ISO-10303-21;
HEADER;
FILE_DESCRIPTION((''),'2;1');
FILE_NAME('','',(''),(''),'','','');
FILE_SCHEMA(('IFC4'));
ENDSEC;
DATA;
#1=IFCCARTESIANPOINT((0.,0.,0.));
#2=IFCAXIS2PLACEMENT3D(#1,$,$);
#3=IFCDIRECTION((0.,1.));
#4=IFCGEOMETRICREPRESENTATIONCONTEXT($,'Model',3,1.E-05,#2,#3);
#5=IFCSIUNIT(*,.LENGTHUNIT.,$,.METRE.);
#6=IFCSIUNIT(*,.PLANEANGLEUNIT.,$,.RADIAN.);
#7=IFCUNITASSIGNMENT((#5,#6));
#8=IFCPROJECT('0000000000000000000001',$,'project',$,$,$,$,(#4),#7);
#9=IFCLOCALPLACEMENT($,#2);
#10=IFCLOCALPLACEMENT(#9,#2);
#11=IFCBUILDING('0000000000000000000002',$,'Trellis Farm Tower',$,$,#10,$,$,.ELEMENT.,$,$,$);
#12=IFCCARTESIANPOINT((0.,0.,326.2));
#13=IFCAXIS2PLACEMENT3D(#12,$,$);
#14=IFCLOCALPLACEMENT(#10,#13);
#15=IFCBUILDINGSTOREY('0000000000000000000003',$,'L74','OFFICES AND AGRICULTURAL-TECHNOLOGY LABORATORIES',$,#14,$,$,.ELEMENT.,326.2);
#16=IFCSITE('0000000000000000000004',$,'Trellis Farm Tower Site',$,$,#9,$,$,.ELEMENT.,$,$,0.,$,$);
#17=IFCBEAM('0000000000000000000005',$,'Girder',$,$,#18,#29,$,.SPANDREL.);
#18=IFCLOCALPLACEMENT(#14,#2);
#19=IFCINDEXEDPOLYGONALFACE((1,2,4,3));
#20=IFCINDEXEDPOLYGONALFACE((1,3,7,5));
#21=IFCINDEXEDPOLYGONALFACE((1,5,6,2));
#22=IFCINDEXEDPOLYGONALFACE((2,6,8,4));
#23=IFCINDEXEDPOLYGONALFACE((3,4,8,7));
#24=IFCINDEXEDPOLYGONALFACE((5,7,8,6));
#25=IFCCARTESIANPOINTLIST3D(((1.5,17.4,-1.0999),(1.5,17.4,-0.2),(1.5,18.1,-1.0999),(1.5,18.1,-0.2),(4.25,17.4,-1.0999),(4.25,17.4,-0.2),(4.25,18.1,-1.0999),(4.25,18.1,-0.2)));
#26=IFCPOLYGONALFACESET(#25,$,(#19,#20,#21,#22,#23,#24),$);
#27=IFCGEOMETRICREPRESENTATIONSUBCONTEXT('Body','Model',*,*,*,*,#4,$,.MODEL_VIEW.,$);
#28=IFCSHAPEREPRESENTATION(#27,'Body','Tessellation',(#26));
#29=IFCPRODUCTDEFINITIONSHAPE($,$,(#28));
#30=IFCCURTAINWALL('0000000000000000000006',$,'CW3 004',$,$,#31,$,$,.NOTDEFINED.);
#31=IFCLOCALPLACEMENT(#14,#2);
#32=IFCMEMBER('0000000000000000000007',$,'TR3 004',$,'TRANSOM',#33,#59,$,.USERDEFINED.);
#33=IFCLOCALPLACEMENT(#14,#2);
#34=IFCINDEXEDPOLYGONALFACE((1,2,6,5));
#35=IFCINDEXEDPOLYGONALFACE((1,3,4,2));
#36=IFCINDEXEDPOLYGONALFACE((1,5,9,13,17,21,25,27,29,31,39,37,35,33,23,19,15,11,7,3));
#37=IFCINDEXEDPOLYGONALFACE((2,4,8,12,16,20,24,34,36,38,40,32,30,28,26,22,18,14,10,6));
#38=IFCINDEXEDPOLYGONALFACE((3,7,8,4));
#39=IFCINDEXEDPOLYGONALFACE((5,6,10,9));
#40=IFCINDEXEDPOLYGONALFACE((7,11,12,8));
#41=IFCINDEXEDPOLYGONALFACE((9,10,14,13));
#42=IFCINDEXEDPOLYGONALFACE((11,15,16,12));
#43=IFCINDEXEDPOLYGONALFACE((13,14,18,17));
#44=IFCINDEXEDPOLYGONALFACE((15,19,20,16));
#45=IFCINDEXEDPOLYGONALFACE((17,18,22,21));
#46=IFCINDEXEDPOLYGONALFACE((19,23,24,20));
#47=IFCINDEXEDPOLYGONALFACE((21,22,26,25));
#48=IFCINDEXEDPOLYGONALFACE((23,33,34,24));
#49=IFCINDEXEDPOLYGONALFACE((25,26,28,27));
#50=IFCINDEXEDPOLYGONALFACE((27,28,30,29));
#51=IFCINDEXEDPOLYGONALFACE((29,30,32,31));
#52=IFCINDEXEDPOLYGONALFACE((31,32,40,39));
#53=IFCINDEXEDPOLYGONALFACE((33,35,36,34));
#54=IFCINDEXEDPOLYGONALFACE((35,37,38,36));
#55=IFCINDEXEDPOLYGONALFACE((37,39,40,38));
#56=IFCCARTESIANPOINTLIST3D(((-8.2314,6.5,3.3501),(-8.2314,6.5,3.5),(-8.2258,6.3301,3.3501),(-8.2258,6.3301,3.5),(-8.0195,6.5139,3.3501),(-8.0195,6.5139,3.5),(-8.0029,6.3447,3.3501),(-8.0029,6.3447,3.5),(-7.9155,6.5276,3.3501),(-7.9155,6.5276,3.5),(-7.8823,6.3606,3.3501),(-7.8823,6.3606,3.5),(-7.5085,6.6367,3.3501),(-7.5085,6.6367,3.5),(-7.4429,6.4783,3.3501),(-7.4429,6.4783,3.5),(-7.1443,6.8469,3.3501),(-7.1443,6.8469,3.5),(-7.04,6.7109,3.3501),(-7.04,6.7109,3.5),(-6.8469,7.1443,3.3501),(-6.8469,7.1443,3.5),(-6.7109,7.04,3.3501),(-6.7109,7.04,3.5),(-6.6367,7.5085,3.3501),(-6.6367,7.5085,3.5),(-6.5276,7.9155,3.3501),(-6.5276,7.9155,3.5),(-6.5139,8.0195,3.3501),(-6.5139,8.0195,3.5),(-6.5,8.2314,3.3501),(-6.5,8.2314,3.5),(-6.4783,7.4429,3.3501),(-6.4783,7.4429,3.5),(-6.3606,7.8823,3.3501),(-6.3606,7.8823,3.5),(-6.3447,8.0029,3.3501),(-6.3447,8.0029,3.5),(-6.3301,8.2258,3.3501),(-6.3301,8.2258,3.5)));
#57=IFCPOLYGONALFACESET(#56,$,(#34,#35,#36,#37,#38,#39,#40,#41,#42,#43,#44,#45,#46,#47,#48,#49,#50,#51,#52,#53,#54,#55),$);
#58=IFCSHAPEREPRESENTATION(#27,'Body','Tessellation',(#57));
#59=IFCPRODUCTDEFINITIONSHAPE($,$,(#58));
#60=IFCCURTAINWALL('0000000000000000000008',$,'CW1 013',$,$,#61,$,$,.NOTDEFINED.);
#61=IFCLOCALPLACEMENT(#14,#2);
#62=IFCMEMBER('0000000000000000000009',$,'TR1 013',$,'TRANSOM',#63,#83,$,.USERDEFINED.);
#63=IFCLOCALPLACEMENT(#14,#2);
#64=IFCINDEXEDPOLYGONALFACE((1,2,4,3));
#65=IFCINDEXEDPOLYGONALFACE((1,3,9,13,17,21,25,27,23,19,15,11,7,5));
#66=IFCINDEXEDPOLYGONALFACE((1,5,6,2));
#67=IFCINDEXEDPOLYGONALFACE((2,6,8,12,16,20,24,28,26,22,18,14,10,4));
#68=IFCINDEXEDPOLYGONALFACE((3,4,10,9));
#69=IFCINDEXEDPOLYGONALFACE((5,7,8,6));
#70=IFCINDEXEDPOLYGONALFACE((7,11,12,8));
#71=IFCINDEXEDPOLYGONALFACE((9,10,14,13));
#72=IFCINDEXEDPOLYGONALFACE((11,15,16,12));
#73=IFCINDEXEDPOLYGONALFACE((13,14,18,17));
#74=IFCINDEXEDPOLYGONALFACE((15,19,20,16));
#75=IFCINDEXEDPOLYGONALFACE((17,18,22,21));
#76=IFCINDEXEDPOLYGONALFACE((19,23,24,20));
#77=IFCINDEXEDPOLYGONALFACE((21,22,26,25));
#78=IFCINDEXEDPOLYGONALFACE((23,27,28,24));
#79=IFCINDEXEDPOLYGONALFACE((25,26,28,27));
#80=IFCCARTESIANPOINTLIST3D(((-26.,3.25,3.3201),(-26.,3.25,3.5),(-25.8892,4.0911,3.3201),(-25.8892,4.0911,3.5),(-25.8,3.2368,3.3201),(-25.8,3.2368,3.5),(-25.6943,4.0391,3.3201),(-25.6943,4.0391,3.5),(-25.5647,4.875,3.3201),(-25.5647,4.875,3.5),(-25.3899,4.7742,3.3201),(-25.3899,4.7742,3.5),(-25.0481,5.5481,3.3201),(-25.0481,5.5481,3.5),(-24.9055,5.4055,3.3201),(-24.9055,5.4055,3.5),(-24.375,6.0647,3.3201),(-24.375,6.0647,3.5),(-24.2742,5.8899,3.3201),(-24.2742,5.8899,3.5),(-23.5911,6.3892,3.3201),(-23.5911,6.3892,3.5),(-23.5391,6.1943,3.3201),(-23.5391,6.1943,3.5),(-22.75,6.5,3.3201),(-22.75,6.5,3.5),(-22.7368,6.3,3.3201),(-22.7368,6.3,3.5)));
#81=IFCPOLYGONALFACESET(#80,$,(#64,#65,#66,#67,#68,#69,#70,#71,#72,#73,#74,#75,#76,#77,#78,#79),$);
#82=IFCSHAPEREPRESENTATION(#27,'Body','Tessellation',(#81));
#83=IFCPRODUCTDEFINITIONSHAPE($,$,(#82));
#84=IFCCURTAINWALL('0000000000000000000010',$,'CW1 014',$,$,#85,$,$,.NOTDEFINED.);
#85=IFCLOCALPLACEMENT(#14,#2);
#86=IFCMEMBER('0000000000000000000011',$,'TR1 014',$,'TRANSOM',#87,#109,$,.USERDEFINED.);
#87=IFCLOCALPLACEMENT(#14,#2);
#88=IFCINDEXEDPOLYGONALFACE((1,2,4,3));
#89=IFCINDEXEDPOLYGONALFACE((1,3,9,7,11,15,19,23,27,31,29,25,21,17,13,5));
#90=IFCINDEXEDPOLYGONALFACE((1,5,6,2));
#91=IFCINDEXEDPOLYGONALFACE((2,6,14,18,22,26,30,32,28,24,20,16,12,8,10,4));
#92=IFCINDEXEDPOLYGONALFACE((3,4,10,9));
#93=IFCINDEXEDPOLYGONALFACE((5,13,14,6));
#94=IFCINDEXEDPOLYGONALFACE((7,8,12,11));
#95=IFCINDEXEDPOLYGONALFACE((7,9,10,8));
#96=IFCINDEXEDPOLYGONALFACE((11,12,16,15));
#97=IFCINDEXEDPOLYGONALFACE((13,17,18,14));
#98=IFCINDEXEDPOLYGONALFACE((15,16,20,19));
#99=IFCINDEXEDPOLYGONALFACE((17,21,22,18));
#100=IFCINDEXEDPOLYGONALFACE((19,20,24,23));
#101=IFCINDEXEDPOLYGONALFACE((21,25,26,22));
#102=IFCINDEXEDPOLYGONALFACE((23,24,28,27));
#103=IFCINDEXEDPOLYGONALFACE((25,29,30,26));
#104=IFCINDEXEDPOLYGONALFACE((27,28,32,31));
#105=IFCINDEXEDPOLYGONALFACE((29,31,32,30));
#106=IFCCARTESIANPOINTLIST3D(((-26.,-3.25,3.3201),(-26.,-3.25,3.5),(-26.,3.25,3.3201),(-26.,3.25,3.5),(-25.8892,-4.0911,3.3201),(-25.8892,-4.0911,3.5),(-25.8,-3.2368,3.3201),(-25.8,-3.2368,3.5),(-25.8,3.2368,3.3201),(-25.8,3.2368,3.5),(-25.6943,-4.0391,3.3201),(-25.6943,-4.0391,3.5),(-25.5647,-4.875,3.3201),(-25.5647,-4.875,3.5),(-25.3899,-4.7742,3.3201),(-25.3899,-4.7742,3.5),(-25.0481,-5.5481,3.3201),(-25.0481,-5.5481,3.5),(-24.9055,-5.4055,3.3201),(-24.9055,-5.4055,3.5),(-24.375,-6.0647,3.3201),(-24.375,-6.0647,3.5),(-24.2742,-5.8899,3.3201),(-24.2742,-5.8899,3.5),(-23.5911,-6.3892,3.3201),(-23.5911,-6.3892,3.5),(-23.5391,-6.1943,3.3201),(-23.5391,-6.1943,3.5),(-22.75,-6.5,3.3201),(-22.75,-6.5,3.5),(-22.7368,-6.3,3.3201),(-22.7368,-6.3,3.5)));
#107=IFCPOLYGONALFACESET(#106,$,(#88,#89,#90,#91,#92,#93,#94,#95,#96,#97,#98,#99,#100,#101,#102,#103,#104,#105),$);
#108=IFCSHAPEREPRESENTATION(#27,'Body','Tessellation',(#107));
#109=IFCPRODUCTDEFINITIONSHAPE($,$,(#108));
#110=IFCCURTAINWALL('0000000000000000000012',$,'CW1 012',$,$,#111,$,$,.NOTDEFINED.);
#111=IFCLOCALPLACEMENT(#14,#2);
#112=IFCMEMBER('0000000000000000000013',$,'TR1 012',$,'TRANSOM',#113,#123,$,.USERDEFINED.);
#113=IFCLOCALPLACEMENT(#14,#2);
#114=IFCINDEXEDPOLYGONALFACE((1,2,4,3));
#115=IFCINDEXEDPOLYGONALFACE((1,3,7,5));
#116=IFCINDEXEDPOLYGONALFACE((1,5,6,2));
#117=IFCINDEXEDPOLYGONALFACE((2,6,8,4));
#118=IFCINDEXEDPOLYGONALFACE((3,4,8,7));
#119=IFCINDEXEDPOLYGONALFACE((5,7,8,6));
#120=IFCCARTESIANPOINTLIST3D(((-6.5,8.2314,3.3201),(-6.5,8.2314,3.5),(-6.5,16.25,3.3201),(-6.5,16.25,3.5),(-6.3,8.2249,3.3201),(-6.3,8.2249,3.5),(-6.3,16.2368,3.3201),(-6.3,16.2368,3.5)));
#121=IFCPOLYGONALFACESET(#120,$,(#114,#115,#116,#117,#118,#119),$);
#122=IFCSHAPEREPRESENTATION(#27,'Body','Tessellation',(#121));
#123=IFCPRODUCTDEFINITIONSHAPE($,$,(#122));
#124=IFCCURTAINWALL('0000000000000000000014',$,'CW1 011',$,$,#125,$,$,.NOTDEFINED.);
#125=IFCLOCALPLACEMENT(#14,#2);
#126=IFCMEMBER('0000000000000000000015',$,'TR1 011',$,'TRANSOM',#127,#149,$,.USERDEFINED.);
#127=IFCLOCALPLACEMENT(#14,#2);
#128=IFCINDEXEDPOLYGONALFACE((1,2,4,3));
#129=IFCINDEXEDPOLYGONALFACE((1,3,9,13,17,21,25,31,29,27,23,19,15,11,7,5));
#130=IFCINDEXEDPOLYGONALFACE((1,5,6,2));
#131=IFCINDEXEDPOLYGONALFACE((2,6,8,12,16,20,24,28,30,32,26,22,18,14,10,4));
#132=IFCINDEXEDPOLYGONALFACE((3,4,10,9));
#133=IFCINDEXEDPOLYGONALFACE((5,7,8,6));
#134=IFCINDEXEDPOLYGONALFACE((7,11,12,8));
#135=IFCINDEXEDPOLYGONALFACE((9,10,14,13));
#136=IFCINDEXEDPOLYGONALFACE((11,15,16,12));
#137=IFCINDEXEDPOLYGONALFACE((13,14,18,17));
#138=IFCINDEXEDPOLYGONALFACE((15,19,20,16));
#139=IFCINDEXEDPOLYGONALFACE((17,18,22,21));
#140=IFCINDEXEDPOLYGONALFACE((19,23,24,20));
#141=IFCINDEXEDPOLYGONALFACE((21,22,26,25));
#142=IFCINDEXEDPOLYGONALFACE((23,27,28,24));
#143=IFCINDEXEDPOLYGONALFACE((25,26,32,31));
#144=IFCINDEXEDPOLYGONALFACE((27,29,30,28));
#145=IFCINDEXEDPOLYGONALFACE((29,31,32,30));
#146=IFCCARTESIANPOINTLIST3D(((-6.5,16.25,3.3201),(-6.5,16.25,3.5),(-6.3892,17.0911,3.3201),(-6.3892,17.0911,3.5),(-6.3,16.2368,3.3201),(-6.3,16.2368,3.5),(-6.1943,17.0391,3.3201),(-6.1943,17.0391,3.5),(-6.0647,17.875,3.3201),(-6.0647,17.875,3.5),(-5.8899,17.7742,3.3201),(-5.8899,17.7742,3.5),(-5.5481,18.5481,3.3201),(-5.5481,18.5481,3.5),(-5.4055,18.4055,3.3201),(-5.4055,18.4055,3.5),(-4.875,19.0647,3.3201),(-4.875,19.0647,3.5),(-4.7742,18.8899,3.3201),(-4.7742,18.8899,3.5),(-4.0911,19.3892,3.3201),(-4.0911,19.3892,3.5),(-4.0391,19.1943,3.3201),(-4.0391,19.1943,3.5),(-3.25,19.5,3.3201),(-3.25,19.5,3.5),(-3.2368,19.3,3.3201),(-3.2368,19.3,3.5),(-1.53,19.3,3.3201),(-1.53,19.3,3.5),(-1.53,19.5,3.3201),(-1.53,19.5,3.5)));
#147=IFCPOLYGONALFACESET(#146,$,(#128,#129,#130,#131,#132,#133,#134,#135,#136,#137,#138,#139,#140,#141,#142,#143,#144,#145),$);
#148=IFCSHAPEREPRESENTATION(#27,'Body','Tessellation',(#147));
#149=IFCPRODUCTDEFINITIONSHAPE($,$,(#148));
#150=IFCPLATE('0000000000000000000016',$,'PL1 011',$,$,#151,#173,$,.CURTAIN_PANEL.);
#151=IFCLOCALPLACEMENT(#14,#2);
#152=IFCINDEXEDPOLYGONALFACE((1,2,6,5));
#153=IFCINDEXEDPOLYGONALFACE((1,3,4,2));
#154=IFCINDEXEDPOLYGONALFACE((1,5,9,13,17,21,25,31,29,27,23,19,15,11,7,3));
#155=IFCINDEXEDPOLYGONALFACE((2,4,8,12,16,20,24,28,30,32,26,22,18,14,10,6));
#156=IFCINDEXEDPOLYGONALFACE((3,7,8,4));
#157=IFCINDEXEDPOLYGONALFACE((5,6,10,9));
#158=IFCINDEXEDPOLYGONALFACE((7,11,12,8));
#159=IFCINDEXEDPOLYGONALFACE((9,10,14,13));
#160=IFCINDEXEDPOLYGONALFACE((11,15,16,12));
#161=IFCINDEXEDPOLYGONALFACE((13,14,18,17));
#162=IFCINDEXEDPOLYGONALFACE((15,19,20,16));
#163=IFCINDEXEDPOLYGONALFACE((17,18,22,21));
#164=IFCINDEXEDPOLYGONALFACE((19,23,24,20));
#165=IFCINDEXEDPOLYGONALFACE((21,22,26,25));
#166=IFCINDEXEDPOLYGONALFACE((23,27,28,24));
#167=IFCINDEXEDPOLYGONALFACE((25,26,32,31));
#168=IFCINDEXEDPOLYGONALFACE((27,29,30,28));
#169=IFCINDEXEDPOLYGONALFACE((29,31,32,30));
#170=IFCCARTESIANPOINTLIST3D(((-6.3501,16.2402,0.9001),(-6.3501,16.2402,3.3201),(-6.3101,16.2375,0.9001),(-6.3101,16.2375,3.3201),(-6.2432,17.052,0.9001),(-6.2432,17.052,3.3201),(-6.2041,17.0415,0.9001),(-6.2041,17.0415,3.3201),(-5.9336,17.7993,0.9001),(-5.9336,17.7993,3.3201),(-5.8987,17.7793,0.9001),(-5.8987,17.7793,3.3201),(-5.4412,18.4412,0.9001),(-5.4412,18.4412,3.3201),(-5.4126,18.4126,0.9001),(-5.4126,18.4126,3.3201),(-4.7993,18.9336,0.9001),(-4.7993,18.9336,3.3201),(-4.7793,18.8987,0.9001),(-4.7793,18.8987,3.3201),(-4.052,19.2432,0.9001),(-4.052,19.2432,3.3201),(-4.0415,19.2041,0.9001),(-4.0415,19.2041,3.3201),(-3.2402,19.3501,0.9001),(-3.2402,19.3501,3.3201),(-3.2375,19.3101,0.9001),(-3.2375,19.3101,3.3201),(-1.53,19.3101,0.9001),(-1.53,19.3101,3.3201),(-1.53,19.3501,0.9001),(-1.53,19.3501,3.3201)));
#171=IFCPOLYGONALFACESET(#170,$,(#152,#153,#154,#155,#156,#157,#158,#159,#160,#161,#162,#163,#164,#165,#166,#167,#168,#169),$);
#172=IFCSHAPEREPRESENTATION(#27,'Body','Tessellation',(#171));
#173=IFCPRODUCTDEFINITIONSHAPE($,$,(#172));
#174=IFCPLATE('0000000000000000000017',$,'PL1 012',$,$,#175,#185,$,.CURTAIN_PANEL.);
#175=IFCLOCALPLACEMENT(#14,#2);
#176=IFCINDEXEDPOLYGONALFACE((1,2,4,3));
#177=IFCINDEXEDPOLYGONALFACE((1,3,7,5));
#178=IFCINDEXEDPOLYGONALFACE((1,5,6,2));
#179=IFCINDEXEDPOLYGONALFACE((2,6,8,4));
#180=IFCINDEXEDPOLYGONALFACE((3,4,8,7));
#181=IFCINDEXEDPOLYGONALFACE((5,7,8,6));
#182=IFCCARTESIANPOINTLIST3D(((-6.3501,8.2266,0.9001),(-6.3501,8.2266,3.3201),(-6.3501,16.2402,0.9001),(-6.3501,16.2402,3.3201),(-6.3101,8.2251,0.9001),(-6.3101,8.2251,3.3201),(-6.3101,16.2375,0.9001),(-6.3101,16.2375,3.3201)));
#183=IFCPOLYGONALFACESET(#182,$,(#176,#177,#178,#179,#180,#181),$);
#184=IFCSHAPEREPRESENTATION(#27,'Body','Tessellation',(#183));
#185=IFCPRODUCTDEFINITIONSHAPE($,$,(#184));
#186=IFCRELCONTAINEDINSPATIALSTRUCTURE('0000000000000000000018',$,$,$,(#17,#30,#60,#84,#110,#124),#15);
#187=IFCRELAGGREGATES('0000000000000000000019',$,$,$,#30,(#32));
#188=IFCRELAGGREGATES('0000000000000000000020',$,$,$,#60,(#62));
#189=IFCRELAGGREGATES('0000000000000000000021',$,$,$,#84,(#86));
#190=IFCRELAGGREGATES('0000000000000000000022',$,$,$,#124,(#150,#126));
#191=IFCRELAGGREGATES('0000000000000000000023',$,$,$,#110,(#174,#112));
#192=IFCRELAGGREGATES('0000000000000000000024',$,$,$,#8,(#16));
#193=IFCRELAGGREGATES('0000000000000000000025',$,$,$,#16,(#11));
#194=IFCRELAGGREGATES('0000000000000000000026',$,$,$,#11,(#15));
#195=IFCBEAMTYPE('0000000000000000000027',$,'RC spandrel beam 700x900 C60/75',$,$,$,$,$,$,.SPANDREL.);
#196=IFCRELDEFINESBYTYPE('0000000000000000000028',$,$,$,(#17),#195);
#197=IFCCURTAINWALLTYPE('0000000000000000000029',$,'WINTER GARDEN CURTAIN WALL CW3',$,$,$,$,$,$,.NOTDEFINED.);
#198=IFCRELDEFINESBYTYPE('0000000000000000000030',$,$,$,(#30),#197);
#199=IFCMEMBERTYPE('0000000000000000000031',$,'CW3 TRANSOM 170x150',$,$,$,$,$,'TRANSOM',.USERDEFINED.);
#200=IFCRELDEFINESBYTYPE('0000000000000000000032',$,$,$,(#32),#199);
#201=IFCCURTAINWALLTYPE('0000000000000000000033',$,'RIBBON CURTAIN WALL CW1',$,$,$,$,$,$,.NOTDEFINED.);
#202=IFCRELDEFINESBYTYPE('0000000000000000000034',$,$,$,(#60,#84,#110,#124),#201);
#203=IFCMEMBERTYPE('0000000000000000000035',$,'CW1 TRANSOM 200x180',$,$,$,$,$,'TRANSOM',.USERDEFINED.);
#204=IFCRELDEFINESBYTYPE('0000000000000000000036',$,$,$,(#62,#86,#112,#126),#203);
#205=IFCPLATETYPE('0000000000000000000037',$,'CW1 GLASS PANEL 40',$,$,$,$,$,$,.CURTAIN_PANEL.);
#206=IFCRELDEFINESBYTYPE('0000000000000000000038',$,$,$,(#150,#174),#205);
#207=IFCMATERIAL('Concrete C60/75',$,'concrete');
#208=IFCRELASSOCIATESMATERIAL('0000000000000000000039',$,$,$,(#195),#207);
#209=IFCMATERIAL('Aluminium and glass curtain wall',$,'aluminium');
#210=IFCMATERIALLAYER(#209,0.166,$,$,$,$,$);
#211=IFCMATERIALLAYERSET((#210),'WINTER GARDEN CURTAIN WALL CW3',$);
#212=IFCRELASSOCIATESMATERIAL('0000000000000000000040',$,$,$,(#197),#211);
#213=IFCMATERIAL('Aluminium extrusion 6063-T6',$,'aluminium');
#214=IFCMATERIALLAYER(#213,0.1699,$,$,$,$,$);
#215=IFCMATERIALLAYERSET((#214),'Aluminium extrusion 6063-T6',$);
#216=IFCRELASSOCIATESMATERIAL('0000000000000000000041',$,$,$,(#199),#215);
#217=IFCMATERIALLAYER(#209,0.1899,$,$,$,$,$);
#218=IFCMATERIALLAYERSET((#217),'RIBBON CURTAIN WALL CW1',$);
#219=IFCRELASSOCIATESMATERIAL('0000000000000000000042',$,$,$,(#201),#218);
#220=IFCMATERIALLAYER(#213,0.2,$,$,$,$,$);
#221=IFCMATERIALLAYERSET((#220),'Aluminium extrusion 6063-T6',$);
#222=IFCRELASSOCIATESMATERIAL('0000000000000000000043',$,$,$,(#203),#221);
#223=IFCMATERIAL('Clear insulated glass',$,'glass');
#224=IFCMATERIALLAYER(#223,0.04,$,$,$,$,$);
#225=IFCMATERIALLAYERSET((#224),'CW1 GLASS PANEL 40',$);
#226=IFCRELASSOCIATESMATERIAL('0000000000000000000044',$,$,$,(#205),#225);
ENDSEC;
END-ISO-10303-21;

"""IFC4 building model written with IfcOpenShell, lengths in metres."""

from ifc_helpers import new_model, si_unit, direction, frame, origin, origin_2d, place, context, subcontext, project, spatial, polyline, rectangle, outline, extrude, source, transform, mapped, material, layer, layer_set, material_profile, profile_set, type_object, element, aggregate, save


model = new_model("IFC4")

# Units and contexts
model_context = context("Model", 3, precision=1e-05, world=origin(), true_north=direction((0.0, 1.0)))
body_context = subcontext(model_context, "Body", "Model", "MODEL_VIEW")
ifc_project = project(units=[si_unit("LENGTHUNIT", "METRE"), si_unit("PLANEANGLEUNIT", "RADIAN")], contexts=[model_context])

# Site, building, storey
site_placement = place(None, origin())
site = spatial("IfcSite", under=ifc_project, at=site_placement, Name="Trellis Farm Tower Site", CompositionType="ELEMENT", RefElevation=0.0)
building_placement = place(site_placement, origin())
building = spatial("IfcBuilding", under=site, at=building_placement, Name="Trellis Farm Tower", CompositionType="ELEMENT")
storey_placement = place(building_placement, frame((0.0, 0.0, 326.2)))
storey = spatial("IfcBuildingStorey", under=building, at=storey_placement, Name="L74", Description="OFFICES AND AGRICULTURAL-TECHNOLOGY LABORATORIES", CompositionType="ELEMENT", Elevation=326.2)

# Beam
ifc_material_1 = material(Name="Concrete C60/75", Category="concrete")
ifc_material_profile = material_profile(ifc_material_1, rectangle(XDim=0.7, YDim=0.8999, at=origin_2d()), Name="RC spandrel beam 700x900 C60/75")
ifc_profile_set = profile_set([ifc_material_profile], Name="Concrete C60/75")
beam_type = type_object("IfcBeamType", Name="RC spandrel beam 700x900 C60/75", PredefinedType="SPANDREL", material=ifc_profile_set)
shared_shape_1 = source(origin(), body_context, "Body", "SweptSolid", [
    extrude(rectangle(XDim=0.7, YDim=0.8999, at=origin_2d()), origin(), (0.0, 0.0, 1.0), 2.75),
])
beam_placement = place(storey_placement, frame((1.5, 17.75, -0.6499), z_axis=(1.0, 0.0, 0.0), x_axis=(0.0, 1.0, 0.0)))
element("IfcBeam", 1, at=beam_placement, inside=storey, type_object=beam_type, Name="Girder", PredefinedType="SPANDREL", context=body_context, shape_type="MappedRepresentation", body=[
    mapped(shared_shape_1, transform((0.0, 0.0, 0.0))),
])

# Curtain walls, members
ifc_material_2 = material(Name="Aluminium and glass curtain wall", Category="aluminium")
ifc_layer_1 = layer(ifc_material_2, 0.166)
ifc_layer_set_1 = layer_set([ifc_layer_1], Name="WINTER GARDEN CURTAIN WALL CW3")
curtain_wall_type_1 = type_object("IfcCurtainWallType", Name="WINTER GARDEN CURTAIN WALL CW3", PredefinedType="NOTDEFINED", material=ifc_layer_set_1)
placement_1 = place(storey_placement, origin())
curtain_wall_1 = element("IfcCurtainWall", 2, at=placement_1, inside=storey, type_object=curtain_wall_type_1, Name="CW3 004", PredefinedType="NOTDEFINED")
ifc_material_3 = material(Name="Aluminium extrusion 6063-T6", Category="aluminium")
ifc_layer_2 = layer(ifc_material_3, 0.1699)
ifc_layer_set_2 = layer_set([ifc_layer_2], Name="Aluminium extrusion 6063-T6")
member_type_1 = type_object("IfcMemberType", Name="CW3 TRANSOM 170x150", ElementType="TRANSOM", PredefinedType="USERDEFINED", material=ifc_layer_set_2)
shared_shape_2 = source(origin(), body_context, "Body", "SweptSolid", [
    extrude(outline(polyline([(-6.5, 8.2314), (-6.5139, 8.0195), (-6.5276, 7.9155), (-6.6367, 7.5085), (-6.8469, 7.1443), (-7.1443, 6.8469), (-7.5085, 6.6367), (-7.9155, 6.5276), (-8.0195, 6.5139), (-8.2314, 6.5), (-8.2258, 6.3301), (-8.0029, 6.3447), (-7.8823, 6.3606), (-7.4429, 6.4783), (-7.04, 6.7109), (-6.7109, 7.04), (-6.4783, 7.4429), (-6.3606, 7.8823), (-6.3447, 8.0029), (-6.3301, 8.2258), (-6.5, 8.2314)])), origin(), (0.0, 0.0, 1.0), 0.1499),
])
member_1_placement = place(storey_placement, frame((0.0, 0.0, 3.3501)))
member_1 = element("IfcMember", 3, at=member_1_placement, type_object=member_type_1, Name="TR3 004", ObjectType="TRANSOM", PredefinedType="USERDEFINED", context=body_context, shape_type="MappedRepresentation", body=[
    mapped(shared_shape_2, transform((0.0, 0.0, 0.0))),
])
ifc_layer_3 = layer(ifc_material_2, 0.1899)
ifc_layer_set_3 = layer_set([ifc_layer_3], Name="RIBBON CURTAIN WALL CW1")
curtain_wall_type_2 = type_object("IfcCurtainWallType", Name="RIBBON CURTAIN WALL CW1", PredefinedType="NOTDEFINED", material=ifc_layer_set_3)
curtain_wall_2 = element("IfcCurtainWall", 4, at=placement_1, inside=storey, type_object=curtain_wall_type_2, Name="CW1 013", PredefinedType="NOTDEFINED")
ifc_layer_4 = layer(ifc_material_3, 0.2)
ifc_layer_set_4 = layer_set([ifc_layer_4], Name="Aluminium extrusion 6063-T6")
member_type_2 = type_object("IfcMemberType", Name="CW1 TRANSOM 200x180", ElementType="TRANSOM", PredefinedType="USERDEFINED", material=ifc_layer_set_4)
shared_shape_3 = source(origin(), body_context, "Body", "SweptSolid", [
    extrude(outline(polyline([(-22.75, 6.5), (-23.5911, 6.3892), (-24.375, 6.0647), (-25.0481, 5.5481), (-25.5647, 4.875), (-25.8892, 4.0911), (-26.0, 3.25), (-25.8, 3.2368), (-25.6943, 4.0391), (-25.3899, 4.7742), (-24.9055, 5.4055), (-24.2742, 5.8899), (-23.5391, 6.1943), (-22.7368, 6.3), (-22.75, 6.5)])), origin(), (0.0, 0.0, 1.0), 0.1799),
])
placement_2 = place(storey_placement, frame((0.0, 0.0, 3.3201)))
member_2 = element("IfcMember", 5, at=placement_2, type_object=member_type_2, Name="TR1 013", ObjectType="TRANSOM", PredefinedType="USERDEFINED", context=body_context, shape_type="MappedRepresentation", body=[
    mapped(shared_shape_3, transform((0.0, 0.0, 0.0))),
])
curtain_wall_3 = element("IfcCurtainWall", 6, at=placement_1, inside=storey, type_object=curtain_wall_type_2, Name="CW1 014", PredefinedType="NOTDEFINED")
shared_shape_4 = source(origin(), body_context, "Body", "SweptSolid", [
    extrude(outline(polyline([(-26.0, 3.25), (-26.0, -3.25), (-25.8892, -4.0911), (-25.5647, -4.875), (-25.0481, -5.5481), (-24.375, -6.0647), (-23.5911, -6.3892), (-22.75, -6.5), (-22.7368, -6.3), (-23.5391, -6.1943), (-24.2742, -5.8899), (-24.9055, -5.4055), (-25.3899, -4.7742), (-25.6943, -4.0391), (-25.8, -3.2368), (-25.8, 3.2368), (-26.0, 3.25)])), origin(), (0.0, 0.0, 1.0), 0.1799),
])
member_3 = element("IfcMember", 7, at=placement_2, type_object=member_type_2, Name="TR1 014", ObjectType="TRANSOM", PredefinedType="USERDEFINED", context=body_context, shape_type="MappedRepresentation", body=[
    mapped(shared_shape_4, transform((0.0, 0.0, 0.0))),
])
curtain_wall_4 = element("IfcCurtainWall", 8, at=placement_1, inside=storey, type_object=curtain_wall_type_2, Name="CW1 012", PredefinedType="NOTDEFINED")
shared_shape_5 = source(origin(), body_context, "Body", "SweptSolid", [
    extrude(outline(polyline([(-6.5, 16.25), (-6.5, 8.2314), (-6.3, 8.2249), (-6.3, 16.2368), (-6.5, 16.25)])), origin(), (0.0, 0.0, 1.0), 0.1799),
])
member_4 = element("IfcMember", 9, at=placement_2, type_object=member_type_2, Name="TR1 012", ObjectType="TRANSOM", PredefinedType="USERDEFINED", context=body_context, shape_type="MappedRepresentation", body=[
    mapped(shared_shape_5, transform((0.0, 0.0, 0.0))),
])

# Curtain wall, member, plate
curtain_wall_5 = element("IfcCurtainWall", 10, at=placement_1, inside=storey, type_object=curtain_wall_type_2, Name="CW1 011", PredefinedType="NOTDEFINED")
shared_shape_6 = source(origin(), body_context, "Body", "SweptSolid", [
    extrude(outline(polyline([(-1.53, 19.5), (-3.25, 19.5), (-4.0911, 19.3892), (-4.875, 19.0647), (-5.5481, 18.5481), (-6.0647, 17.875), (-6.3892, 17.0911), (-6.5, 16.25), (-6.3, 16.2368), (-6.1943, 17.0391), (-5.8899, 17.7742), (-5.4055, 18.4055), (-4.7742, 18.8899), (-4.0391, 19.1943), (-3.2368, 19.3), (-1.53, 19.3), (-1.53, 19.5)])), origin(), (0.0, 0.0, 1.0), 0.1799),
])
member_5 = element("IfcMember", 11, at=placement_2, type_object=member_type_2, Name="TR1 011", ObjectType="TRANSOM", PredefinedType="USERDEFINED", context=body_context, shape_type="MappedRepresentation", body=[
    mapped(shared_shape_6, transform((0.0, 0.0, 0.0))),
])
ifc_material_4 = material(Name="Clear insulated glass", Category="glass")
ifc_layer_5 = layer(ifc_material_4, 0.04)
ifc_layer_set_5 = layer_set([ifc_layer_5], Name="CW1 GLASS PANEL 40")
plate_type_1 = type_object("IfcPlateType", Name="CW1 GLASS PANEL 40", PredefinedType="CURTAIN_PANEL", material=ifc_layer_set_5)
placement_3 = place(storey_placement, frame((0.0, 0.0, 0.9001)))
plate_1 = element("IfcPlate", 12, at=placement_3, type_object=plate_type_1, Name="PL1 011", PredefinedType="CURTAIN_PANEL", context=body_context, shape_type="SweptSolid", body=[
    extrude(outline(polyline([(-1.53, 19.3501), (-3.2402, 19.3501), (-4.052, 19.2432), (-4.7993, 18.9336), (-5.4412, 18.4412), (-5.9336, 17.7993), (-6.2432, 17.052), (-6.3501, 16.2402), (-6.3101, 16.2375), (-6.2041, 17.0415), (-5.8987, 17.7793), (-5.4126, 18.4126), (-4.7793, 18.8987), (-4.0415, 19.2041), (-3.2375, 19.3101), (-1.53, 19.3101), (-1.53, 19.3501)])), origin(), (0.0, 0.0, 1.0), 2.4199),
])

# Plate
plate_2 = element("IfcPlate", 13, at=placement_3, type_object=plate_type_1, Name="PL1 012", PredefinedType="CURTAIN_PANEL", context=body_context, shape_type="SweptSolid", body=[
    extrude(outline(polyline([(-6.3501, 16.2402), (-6.3501, 8.2266), (-6.3101, 8.2251), (-6.3101, 16.2375), (-6.3501, 16.2402)])), origin(), (0.0, 0.0, 1.0), 2.4199),
])
aggregate(curtain_wall_1, [member_1])
aggregate(curtain_wall_2, [member_2])
aggregate(curtain_wall_3, [member_3])
aggregate(curtain_wall_5, [plate_1, member_5])
aggregate(curtain_wall_4, [plate_2, member_4])

save(model, "model.ifc")
